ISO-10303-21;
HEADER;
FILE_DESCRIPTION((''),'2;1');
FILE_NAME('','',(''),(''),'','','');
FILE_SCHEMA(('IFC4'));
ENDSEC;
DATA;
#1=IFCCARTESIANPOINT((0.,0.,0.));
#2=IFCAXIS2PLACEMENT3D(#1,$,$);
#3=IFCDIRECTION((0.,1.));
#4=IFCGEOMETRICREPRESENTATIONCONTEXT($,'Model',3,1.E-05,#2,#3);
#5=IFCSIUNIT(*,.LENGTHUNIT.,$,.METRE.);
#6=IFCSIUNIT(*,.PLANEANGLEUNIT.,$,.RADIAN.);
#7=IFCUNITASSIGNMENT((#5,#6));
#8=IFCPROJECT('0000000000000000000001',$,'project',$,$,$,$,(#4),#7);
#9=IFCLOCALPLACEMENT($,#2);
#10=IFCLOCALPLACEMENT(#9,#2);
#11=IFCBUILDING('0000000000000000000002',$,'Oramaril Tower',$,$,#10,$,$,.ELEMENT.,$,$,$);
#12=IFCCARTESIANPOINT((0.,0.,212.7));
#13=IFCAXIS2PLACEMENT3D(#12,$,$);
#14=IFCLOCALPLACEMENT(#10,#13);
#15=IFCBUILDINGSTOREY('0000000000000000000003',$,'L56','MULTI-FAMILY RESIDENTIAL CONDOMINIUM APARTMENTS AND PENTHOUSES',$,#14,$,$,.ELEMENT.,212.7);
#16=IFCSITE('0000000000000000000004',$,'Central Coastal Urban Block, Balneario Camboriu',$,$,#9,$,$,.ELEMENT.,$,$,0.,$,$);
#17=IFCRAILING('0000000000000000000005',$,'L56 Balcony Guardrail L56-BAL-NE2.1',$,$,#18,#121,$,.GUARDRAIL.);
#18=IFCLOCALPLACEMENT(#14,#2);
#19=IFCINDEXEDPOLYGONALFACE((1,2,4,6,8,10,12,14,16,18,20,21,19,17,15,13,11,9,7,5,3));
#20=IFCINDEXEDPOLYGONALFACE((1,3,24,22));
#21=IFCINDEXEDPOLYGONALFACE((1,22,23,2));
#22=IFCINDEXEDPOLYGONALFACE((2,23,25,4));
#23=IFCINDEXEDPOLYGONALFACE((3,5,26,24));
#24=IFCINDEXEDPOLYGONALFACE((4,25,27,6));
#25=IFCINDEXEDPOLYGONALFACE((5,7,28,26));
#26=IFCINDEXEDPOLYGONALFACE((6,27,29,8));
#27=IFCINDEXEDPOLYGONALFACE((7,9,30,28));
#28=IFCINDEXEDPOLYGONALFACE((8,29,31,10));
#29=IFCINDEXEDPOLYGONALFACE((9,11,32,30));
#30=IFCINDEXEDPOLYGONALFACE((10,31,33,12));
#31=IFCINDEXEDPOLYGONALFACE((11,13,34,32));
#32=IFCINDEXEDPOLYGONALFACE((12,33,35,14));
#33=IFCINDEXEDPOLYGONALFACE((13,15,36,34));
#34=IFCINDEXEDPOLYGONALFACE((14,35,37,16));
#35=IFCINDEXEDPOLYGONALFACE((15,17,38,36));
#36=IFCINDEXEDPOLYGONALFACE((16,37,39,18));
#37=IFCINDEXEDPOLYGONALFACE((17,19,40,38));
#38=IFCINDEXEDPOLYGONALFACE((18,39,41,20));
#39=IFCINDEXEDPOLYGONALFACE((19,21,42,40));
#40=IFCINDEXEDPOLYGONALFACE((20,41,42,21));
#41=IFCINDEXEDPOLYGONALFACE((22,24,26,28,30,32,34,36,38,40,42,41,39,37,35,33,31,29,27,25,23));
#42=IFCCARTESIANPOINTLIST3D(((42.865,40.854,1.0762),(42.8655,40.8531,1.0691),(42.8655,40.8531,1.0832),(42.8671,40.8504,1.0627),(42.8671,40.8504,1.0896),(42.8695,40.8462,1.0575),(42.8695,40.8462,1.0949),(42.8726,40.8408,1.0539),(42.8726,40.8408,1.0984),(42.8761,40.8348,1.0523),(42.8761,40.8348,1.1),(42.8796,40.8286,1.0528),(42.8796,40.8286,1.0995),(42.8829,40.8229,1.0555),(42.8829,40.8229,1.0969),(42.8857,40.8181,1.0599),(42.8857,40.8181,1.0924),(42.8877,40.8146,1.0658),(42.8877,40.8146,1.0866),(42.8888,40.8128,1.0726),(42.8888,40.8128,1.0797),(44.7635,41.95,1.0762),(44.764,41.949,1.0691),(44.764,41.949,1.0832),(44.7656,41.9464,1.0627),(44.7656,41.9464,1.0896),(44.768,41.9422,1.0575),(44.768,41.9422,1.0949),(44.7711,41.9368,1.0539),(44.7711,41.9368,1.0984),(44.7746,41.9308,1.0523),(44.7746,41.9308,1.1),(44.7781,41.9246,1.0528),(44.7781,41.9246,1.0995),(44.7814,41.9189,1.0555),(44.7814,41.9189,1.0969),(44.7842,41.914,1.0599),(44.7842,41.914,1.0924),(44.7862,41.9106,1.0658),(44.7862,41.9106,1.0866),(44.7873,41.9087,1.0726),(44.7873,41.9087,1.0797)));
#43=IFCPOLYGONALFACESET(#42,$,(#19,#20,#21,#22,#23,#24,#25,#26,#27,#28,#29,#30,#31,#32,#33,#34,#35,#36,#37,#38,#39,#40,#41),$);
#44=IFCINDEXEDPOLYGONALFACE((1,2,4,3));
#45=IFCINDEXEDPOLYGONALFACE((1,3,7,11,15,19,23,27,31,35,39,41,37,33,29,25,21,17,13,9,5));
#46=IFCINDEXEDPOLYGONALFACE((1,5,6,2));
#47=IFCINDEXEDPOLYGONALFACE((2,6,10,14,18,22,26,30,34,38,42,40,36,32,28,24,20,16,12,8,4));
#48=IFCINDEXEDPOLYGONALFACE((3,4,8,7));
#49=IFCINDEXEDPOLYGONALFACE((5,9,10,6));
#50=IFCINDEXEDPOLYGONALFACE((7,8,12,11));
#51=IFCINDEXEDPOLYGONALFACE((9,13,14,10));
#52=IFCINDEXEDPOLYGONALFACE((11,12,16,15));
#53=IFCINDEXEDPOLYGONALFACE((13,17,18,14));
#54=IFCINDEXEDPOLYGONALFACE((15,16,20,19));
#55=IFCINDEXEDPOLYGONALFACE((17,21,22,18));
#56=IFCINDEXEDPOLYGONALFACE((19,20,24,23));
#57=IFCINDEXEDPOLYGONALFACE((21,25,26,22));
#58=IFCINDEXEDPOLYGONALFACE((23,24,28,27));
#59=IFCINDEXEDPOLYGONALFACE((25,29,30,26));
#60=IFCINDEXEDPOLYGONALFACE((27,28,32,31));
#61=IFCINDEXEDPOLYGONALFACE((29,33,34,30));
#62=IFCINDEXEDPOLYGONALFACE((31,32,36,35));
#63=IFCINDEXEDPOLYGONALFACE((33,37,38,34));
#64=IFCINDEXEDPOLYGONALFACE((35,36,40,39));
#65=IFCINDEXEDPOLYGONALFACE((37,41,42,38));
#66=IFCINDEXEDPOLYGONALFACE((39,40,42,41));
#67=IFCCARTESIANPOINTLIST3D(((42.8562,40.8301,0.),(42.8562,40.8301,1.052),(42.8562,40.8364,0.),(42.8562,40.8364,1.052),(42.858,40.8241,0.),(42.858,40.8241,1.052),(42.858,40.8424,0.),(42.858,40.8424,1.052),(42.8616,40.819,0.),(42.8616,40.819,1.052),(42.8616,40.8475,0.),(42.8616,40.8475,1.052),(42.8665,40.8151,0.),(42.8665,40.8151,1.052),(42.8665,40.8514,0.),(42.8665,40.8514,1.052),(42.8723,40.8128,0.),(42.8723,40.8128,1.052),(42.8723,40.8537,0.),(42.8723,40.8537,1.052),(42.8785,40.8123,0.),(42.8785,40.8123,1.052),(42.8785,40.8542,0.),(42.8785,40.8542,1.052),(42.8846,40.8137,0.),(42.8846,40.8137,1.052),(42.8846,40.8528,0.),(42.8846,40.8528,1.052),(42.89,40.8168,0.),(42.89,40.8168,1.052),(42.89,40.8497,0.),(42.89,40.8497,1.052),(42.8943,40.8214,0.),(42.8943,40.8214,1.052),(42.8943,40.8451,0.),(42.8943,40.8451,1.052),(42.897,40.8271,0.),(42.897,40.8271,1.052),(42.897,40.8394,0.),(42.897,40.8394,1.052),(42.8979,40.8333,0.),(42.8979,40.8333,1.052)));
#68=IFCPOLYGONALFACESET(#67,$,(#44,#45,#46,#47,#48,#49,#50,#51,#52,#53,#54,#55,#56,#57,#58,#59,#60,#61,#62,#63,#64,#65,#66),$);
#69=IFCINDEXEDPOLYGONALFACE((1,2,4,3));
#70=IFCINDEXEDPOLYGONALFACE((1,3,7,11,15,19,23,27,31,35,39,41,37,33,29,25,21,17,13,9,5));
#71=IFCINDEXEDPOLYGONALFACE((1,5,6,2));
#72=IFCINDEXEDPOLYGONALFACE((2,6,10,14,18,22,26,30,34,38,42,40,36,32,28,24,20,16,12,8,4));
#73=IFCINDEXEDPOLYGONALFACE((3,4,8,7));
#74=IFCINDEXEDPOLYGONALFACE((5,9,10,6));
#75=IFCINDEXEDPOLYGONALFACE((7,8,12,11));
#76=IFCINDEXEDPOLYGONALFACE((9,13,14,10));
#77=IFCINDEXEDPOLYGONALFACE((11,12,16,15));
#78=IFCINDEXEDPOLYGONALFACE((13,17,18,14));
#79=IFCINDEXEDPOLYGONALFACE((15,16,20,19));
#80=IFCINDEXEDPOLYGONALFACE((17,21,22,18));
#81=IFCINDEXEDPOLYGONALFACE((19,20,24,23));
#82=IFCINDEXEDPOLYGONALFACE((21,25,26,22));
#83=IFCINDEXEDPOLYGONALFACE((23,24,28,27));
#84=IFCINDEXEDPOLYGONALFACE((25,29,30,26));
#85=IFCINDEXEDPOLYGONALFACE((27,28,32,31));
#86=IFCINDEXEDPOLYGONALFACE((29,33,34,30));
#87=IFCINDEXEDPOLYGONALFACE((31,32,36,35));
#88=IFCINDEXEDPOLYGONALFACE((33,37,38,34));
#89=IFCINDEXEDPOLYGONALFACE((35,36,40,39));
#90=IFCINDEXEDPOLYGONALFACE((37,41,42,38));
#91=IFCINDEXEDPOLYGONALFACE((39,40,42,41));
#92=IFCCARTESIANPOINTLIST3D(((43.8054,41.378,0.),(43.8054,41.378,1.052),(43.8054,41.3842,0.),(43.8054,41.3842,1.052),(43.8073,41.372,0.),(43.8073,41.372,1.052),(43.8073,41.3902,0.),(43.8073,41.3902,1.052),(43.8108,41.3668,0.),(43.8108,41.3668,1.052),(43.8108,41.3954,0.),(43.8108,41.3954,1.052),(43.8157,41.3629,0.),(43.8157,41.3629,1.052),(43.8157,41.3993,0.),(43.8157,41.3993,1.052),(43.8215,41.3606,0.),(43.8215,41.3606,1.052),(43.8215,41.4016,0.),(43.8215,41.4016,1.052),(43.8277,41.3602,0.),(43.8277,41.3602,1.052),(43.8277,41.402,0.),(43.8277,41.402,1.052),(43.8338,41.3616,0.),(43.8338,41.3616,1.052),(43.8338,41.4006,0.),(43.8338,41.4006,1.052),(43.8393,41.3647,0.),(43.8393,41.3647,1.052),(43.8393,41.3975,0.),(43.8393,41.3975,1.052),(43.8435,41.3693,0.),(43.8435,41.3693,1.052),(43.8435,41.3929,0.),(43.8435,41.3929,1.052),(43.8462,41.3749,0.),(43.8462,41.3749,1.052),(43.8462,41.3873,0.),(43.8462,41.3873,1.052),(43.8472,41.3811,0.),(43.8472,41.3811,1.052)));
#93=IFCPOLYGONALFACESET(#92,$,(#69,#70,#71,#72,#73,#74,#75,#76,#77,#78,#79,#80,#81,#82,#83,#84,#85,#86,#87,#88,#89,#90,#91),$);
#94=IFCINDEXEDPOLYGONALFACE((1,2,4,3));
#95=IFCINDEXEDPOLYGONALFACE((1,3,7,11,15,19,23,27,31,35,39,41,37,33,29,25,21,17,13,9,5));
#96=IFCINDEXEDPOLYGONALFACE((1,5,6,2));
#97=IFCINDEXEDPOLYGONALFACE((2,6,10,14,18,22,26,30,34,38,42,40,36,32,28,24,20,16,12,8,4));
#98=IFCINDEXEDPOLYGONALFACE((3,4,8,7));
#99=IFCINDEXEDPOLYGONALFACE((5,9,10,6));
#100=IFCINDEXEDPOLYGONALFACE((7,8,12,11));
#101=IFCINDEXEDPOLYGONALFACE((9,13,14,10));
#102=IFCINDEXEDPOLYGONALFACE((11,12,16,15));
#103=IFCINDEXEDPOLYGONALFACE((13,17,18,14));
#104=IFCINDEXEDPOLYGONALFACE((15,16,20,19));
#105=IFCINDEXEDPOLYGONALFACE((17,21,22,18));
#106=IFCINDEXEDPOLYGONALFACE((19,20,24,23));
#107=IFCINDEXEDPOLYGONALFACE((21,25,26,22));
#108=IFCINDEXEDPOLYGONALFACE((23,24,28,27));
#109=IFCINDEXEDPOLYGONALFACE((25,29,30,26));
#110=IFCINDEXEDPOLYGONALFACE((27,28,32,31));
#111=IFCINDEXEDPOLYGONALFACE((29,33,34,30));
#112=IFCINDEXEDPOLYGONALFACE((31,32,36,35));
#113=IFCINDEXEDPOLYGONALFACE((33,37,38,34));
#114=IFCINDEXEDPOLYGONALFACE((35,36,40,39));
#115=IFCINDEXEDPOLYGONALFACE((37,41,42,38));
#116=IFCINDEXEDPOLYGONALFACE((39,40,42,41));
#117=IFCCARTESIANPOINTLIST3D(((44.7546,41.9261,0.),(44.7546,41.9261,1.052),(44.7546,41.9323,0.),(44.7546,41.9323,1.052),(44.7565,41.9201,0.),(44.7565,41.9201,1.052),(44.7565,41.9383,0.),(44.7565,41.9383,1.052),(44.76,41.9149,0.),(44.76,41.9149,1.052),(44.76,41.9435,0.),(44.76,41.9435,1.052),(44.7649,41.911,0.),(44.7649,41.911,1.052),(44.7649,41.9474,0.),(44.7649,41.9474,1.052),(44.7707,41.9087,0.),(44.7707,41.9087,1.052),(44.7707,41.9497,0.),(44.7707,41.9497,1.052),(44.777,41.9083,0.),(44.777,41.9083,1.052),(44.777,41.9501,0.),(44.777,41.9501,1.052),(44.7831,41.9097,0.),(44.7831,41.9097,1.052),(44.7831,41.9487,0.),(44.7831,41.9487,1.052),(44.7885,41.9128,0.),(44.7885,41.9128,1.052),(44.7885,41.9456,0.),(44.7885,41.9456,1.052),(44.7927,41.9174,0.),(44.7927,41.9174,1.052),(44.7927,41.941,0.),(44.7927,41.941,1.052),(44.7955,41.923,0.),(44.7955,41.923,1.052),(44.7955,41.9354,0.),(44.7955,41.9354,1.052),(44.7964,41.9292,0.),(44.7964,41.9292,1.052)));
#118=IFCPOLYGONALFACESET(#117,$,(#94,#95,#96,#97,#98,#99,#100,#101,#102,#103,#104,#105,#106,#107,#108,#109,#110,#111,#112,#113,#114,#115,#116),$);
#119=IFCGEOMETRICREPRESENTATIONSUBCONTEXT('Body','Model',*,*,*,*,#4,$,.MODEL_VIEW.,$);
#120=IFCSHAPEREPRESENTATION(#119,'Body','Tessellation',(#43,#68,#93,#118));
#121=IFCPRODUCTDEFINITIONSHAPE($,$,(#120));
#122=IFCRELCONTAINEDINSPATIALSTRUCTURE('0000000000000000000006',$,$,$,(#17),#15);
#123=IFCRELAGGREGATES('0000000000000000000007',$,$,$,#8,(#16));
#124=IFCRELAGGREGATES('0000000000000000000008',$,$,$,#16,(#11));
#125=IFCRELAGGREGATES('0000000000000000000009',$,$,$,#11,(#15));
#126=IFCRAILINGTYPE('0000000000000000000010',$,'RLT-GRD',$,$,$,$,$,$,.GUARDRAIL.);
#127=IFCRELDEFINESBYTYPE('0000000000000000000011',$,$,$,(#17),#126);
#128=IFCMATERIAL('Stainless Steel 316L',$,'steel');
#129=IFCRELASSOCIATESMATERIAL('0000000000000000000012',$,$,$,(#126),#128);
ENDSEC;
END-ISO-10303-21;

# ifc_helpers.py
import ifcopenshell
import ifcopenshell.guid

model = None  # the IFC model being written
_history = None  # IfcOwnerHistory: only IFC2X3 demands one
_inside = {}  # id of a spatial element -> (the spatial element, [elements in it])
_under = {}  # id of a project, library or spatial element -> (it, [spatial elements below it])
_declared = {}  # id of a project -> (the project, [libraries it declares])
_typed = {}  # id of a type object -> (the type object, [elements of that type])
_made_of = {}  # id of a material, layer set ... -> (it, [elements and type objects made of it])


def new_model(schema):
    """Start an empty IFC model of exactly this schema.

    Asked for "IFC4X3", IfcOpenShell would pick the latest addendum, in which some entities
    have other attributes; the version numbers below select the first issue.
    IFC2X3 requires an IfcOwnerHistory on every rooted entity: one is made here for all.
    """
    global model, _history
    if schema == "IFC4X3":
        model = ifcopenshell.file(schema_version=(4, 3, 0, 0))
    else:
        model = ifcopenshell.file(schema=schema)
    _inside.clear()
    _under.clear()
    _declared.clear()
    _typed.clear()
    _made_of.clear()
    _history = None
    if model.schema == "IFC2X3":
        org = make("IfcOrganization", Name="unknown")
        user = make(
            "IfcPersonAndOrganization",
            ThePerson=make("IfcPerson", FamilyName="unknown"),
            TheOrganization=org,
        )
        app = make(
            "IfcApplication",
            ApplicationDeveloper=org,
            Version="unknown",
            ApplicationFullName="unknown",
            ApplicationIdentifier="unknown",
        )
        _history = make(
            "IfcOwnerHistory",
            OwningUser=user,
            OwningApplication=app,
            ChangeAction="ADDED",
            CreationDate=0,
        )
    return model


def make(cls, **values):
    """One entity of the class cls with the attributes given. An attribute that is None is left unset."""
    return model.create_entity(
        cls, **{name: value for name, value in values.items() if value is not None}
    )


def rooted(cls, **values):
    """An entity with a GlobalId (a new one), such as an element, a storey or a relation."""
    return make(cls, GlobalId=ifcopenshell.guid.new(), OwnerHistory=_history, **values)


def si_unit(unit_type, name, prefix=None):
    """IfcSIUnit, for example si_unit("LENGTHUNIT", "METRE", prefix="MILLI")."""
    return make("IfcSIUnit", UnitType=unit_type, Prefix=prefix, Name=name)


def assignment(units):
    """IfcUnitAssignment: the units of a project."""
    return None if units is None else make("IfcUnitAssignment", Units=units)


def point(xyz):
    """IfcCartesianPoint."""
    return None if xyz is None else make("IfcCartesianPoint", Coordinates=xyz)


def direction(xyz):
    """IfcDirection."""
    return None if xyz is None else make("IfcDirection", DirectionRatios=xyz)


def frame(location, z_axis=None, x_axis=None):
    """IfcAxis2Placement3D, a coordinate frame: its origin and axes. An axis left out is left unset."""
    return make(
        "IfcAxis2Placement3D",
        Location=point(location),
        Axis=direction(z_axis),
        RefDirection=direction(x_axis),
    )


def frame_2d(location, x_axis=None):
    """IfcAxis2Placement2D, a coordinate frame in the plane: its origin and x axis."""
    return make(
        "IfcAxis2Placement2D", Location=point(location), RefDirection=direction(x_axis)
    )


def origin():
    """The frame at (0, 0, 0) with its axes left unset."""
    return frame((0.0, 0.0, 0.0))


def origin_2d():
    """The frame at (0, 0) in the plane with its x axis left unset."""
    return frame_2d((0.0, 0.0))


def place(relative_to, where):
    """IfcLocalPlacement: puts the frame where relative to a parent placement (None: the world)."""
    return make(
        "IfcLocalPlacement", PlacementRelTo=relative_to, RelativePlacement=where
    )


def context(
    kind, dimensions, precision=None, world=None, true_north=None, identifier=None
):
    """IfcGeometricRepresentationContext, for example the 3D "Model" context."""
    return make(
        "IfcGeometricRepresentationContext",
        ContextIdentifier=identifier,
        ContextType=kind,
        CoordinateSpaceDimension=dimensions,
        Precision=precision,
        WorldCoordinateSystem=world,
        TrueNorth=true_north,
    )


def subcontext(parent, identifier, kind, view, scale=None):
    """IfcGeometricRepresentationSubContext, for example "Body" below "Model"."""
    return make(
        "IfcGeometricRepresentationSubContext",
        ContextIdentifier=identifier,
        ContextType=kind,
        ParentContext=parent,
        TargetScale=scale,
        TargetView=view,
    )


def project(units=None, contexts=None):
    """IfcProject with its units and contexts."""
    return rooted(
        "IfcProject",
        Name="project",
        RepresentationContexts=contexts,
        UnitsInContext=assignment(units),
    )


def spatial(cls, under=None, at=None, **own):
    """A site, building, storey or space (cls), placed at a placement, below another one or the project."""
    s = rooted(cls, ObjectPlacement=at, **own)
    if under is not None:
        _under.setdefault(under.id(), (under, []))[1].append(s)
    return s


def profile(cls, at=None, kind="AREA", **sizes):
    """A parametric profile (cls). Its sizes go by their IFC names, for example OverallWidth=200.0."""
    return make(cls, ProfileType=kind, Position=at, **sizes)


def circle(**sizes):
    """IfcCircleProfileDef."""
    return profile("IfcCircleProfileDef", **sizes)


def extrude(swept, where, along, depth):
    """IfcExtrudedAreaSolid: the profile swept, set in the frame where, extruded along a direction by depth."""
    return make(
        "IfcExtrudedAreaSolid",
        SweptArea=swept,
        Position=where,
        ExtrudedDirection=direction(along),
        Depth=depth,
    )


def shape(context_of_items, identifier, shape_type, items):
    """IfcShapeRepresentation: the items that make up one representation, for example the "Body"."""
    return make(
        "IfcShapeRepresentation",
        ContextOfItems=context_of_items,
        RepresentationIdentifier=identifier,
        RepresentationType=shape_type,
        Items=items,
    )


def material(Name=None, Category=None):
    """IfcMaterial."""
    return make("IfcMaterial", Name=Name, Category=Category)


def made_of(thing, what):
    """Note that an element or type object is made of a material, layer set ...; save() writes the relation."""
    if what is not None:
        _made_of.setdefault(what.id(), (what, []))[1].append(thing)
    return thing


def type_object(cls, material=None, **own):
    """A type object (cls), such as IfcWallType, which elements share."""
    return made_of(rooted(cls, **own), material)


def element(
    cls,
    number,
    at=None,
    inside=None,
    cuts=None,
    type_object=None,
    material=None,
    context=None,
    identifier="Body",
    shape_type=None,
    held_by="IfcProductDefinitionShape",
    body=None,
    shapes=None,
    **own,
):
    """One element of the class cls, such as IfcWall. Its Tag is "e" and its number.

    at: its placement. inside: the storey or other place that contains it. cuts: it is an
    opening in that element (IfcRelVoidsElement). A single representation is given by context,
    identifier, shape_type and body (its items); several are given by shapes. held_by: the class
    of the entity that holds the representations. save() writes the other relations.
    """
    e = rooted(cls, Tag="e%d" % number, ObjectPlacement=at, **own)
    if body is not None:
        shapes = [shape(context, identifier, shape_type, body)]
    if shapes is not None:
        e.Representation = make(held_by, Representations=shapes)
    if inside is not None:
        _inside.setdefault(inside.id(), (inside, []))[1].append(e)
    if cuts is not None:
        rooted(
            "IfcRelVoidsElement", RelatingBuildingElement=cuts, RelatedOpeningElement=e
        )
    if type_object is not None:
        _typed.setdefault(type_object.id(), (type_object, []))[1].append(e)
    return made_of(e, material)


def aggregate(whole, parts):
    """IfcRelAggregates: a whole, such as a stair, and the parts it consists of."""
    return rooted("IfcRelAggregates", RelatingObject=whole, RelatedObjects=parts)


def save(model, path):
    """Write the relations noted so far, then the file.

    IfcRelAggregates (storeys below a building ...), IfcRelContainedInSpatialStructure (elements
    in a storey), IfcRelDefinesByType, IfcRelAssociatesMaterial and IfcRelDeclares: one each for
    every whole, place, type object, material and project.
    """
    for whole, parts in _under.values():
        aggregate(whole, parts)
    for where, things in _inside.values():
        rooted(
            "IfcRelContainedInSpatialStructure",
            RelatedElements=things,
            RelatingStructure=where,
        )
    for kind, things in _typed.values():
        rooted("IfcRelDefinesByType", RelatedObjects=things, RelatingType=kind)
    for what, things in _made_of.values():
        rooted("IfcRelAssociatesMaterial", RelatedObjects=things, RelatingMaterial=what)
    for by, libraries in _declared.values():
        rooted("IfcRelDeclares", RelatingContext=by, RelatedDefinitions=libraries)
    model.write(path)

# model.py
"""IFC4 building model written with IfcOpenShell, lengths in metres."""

from ifc_helpers import new_model, si_unit, direction, frame, origin, origin_2d, place, context, subcontext, project, spatial, circle, extrude, material, type_object, element, save


model = new_model("IFC4")

# Units and contexts
model_context = context("Model", 3, precision=1e-05, world=origin(), true_north=direction((0.0, 1.0)))
body_context = subcontext(model_context, "Body", "Model", "MODEL_VIEW")
ifc_project = project(units=[si_unit("LENGTHUNIT", "METRE"), si_unit("PLANEANGLEUNIT", "RADIAN")], contexts=[model_context])

# Site, building, storey
site_placement = place(None, origin())
site = spatial("IfcSite", under=ifc_project, at=site_placement, Name="Central Coastal Urban Block, Balneario Camboriu", CompositionType="ELEMENT", RefElevation=0.0)
building_placement = place(site_placement, origin())
building = spatial("IfcBuilding", under=site, at=building_placement, Name="Oramaril Tower", CompositionType="ELEMENT")
storey_placement = place(building_placement, frame((0.0, 0.0, 212.7)))
storey = spatial("IfcBuildingStorey", under=building, at=storey_placement, Name="L56", Description="MULTI-FAMILY RESIDENTIAL CONDOMINIUM APARTMENTS AND PENTHOUSES", CompositionType="ELEMENT", Elevation=212.7)

# Railing
ifc_material_1 = material(Name="Stainless Steel 316L", Category="steel")
railing_type = type_object("IfcRailingType", Name="RLT-GRD", PredefinedType="GUARDRAIL", material=ifc_material_1)
railing_placement = place(storey_placement, frame((42.877, 40.8333, 0.0)))
element("IfcRailing", 1, at=railing_placement, inside=storey, type_object=railing_type, Name="L56 Balcony Guardrail L56-BAL-NE2.1", PredefinedType="GUARDRAIL", context=body_context, shape_type="SweptSolid", body=[
    extrude(circle(Radius=0.0239, at=origin_2d()), frame((0.0, 0.0, 1.0762), z_axis=(0.866048, 0.49996, 0.0), x_axis=(-0.49996, 0.866048, 0.0)), (0.0, 0.0, 1.0), 2.1921),
    extrude(circle(Radius=0.021, at=origin_2d()), origin(), (0.0, 0.0, 1.0), 1.052),
    extrude(circle(Radius=0.021, at=origin_2d()), frame((0.9492, 0.5479, 0.0)), (0.0, 0.0, 1.0), 1.052),
    extrude(circle(Radius=0.021, at=origin_2d()), frame((1.8984, 1.0959, 0.0)), (0.0, 0.0, 1.0), 1.052),
])

save(model, "model.ifc")
